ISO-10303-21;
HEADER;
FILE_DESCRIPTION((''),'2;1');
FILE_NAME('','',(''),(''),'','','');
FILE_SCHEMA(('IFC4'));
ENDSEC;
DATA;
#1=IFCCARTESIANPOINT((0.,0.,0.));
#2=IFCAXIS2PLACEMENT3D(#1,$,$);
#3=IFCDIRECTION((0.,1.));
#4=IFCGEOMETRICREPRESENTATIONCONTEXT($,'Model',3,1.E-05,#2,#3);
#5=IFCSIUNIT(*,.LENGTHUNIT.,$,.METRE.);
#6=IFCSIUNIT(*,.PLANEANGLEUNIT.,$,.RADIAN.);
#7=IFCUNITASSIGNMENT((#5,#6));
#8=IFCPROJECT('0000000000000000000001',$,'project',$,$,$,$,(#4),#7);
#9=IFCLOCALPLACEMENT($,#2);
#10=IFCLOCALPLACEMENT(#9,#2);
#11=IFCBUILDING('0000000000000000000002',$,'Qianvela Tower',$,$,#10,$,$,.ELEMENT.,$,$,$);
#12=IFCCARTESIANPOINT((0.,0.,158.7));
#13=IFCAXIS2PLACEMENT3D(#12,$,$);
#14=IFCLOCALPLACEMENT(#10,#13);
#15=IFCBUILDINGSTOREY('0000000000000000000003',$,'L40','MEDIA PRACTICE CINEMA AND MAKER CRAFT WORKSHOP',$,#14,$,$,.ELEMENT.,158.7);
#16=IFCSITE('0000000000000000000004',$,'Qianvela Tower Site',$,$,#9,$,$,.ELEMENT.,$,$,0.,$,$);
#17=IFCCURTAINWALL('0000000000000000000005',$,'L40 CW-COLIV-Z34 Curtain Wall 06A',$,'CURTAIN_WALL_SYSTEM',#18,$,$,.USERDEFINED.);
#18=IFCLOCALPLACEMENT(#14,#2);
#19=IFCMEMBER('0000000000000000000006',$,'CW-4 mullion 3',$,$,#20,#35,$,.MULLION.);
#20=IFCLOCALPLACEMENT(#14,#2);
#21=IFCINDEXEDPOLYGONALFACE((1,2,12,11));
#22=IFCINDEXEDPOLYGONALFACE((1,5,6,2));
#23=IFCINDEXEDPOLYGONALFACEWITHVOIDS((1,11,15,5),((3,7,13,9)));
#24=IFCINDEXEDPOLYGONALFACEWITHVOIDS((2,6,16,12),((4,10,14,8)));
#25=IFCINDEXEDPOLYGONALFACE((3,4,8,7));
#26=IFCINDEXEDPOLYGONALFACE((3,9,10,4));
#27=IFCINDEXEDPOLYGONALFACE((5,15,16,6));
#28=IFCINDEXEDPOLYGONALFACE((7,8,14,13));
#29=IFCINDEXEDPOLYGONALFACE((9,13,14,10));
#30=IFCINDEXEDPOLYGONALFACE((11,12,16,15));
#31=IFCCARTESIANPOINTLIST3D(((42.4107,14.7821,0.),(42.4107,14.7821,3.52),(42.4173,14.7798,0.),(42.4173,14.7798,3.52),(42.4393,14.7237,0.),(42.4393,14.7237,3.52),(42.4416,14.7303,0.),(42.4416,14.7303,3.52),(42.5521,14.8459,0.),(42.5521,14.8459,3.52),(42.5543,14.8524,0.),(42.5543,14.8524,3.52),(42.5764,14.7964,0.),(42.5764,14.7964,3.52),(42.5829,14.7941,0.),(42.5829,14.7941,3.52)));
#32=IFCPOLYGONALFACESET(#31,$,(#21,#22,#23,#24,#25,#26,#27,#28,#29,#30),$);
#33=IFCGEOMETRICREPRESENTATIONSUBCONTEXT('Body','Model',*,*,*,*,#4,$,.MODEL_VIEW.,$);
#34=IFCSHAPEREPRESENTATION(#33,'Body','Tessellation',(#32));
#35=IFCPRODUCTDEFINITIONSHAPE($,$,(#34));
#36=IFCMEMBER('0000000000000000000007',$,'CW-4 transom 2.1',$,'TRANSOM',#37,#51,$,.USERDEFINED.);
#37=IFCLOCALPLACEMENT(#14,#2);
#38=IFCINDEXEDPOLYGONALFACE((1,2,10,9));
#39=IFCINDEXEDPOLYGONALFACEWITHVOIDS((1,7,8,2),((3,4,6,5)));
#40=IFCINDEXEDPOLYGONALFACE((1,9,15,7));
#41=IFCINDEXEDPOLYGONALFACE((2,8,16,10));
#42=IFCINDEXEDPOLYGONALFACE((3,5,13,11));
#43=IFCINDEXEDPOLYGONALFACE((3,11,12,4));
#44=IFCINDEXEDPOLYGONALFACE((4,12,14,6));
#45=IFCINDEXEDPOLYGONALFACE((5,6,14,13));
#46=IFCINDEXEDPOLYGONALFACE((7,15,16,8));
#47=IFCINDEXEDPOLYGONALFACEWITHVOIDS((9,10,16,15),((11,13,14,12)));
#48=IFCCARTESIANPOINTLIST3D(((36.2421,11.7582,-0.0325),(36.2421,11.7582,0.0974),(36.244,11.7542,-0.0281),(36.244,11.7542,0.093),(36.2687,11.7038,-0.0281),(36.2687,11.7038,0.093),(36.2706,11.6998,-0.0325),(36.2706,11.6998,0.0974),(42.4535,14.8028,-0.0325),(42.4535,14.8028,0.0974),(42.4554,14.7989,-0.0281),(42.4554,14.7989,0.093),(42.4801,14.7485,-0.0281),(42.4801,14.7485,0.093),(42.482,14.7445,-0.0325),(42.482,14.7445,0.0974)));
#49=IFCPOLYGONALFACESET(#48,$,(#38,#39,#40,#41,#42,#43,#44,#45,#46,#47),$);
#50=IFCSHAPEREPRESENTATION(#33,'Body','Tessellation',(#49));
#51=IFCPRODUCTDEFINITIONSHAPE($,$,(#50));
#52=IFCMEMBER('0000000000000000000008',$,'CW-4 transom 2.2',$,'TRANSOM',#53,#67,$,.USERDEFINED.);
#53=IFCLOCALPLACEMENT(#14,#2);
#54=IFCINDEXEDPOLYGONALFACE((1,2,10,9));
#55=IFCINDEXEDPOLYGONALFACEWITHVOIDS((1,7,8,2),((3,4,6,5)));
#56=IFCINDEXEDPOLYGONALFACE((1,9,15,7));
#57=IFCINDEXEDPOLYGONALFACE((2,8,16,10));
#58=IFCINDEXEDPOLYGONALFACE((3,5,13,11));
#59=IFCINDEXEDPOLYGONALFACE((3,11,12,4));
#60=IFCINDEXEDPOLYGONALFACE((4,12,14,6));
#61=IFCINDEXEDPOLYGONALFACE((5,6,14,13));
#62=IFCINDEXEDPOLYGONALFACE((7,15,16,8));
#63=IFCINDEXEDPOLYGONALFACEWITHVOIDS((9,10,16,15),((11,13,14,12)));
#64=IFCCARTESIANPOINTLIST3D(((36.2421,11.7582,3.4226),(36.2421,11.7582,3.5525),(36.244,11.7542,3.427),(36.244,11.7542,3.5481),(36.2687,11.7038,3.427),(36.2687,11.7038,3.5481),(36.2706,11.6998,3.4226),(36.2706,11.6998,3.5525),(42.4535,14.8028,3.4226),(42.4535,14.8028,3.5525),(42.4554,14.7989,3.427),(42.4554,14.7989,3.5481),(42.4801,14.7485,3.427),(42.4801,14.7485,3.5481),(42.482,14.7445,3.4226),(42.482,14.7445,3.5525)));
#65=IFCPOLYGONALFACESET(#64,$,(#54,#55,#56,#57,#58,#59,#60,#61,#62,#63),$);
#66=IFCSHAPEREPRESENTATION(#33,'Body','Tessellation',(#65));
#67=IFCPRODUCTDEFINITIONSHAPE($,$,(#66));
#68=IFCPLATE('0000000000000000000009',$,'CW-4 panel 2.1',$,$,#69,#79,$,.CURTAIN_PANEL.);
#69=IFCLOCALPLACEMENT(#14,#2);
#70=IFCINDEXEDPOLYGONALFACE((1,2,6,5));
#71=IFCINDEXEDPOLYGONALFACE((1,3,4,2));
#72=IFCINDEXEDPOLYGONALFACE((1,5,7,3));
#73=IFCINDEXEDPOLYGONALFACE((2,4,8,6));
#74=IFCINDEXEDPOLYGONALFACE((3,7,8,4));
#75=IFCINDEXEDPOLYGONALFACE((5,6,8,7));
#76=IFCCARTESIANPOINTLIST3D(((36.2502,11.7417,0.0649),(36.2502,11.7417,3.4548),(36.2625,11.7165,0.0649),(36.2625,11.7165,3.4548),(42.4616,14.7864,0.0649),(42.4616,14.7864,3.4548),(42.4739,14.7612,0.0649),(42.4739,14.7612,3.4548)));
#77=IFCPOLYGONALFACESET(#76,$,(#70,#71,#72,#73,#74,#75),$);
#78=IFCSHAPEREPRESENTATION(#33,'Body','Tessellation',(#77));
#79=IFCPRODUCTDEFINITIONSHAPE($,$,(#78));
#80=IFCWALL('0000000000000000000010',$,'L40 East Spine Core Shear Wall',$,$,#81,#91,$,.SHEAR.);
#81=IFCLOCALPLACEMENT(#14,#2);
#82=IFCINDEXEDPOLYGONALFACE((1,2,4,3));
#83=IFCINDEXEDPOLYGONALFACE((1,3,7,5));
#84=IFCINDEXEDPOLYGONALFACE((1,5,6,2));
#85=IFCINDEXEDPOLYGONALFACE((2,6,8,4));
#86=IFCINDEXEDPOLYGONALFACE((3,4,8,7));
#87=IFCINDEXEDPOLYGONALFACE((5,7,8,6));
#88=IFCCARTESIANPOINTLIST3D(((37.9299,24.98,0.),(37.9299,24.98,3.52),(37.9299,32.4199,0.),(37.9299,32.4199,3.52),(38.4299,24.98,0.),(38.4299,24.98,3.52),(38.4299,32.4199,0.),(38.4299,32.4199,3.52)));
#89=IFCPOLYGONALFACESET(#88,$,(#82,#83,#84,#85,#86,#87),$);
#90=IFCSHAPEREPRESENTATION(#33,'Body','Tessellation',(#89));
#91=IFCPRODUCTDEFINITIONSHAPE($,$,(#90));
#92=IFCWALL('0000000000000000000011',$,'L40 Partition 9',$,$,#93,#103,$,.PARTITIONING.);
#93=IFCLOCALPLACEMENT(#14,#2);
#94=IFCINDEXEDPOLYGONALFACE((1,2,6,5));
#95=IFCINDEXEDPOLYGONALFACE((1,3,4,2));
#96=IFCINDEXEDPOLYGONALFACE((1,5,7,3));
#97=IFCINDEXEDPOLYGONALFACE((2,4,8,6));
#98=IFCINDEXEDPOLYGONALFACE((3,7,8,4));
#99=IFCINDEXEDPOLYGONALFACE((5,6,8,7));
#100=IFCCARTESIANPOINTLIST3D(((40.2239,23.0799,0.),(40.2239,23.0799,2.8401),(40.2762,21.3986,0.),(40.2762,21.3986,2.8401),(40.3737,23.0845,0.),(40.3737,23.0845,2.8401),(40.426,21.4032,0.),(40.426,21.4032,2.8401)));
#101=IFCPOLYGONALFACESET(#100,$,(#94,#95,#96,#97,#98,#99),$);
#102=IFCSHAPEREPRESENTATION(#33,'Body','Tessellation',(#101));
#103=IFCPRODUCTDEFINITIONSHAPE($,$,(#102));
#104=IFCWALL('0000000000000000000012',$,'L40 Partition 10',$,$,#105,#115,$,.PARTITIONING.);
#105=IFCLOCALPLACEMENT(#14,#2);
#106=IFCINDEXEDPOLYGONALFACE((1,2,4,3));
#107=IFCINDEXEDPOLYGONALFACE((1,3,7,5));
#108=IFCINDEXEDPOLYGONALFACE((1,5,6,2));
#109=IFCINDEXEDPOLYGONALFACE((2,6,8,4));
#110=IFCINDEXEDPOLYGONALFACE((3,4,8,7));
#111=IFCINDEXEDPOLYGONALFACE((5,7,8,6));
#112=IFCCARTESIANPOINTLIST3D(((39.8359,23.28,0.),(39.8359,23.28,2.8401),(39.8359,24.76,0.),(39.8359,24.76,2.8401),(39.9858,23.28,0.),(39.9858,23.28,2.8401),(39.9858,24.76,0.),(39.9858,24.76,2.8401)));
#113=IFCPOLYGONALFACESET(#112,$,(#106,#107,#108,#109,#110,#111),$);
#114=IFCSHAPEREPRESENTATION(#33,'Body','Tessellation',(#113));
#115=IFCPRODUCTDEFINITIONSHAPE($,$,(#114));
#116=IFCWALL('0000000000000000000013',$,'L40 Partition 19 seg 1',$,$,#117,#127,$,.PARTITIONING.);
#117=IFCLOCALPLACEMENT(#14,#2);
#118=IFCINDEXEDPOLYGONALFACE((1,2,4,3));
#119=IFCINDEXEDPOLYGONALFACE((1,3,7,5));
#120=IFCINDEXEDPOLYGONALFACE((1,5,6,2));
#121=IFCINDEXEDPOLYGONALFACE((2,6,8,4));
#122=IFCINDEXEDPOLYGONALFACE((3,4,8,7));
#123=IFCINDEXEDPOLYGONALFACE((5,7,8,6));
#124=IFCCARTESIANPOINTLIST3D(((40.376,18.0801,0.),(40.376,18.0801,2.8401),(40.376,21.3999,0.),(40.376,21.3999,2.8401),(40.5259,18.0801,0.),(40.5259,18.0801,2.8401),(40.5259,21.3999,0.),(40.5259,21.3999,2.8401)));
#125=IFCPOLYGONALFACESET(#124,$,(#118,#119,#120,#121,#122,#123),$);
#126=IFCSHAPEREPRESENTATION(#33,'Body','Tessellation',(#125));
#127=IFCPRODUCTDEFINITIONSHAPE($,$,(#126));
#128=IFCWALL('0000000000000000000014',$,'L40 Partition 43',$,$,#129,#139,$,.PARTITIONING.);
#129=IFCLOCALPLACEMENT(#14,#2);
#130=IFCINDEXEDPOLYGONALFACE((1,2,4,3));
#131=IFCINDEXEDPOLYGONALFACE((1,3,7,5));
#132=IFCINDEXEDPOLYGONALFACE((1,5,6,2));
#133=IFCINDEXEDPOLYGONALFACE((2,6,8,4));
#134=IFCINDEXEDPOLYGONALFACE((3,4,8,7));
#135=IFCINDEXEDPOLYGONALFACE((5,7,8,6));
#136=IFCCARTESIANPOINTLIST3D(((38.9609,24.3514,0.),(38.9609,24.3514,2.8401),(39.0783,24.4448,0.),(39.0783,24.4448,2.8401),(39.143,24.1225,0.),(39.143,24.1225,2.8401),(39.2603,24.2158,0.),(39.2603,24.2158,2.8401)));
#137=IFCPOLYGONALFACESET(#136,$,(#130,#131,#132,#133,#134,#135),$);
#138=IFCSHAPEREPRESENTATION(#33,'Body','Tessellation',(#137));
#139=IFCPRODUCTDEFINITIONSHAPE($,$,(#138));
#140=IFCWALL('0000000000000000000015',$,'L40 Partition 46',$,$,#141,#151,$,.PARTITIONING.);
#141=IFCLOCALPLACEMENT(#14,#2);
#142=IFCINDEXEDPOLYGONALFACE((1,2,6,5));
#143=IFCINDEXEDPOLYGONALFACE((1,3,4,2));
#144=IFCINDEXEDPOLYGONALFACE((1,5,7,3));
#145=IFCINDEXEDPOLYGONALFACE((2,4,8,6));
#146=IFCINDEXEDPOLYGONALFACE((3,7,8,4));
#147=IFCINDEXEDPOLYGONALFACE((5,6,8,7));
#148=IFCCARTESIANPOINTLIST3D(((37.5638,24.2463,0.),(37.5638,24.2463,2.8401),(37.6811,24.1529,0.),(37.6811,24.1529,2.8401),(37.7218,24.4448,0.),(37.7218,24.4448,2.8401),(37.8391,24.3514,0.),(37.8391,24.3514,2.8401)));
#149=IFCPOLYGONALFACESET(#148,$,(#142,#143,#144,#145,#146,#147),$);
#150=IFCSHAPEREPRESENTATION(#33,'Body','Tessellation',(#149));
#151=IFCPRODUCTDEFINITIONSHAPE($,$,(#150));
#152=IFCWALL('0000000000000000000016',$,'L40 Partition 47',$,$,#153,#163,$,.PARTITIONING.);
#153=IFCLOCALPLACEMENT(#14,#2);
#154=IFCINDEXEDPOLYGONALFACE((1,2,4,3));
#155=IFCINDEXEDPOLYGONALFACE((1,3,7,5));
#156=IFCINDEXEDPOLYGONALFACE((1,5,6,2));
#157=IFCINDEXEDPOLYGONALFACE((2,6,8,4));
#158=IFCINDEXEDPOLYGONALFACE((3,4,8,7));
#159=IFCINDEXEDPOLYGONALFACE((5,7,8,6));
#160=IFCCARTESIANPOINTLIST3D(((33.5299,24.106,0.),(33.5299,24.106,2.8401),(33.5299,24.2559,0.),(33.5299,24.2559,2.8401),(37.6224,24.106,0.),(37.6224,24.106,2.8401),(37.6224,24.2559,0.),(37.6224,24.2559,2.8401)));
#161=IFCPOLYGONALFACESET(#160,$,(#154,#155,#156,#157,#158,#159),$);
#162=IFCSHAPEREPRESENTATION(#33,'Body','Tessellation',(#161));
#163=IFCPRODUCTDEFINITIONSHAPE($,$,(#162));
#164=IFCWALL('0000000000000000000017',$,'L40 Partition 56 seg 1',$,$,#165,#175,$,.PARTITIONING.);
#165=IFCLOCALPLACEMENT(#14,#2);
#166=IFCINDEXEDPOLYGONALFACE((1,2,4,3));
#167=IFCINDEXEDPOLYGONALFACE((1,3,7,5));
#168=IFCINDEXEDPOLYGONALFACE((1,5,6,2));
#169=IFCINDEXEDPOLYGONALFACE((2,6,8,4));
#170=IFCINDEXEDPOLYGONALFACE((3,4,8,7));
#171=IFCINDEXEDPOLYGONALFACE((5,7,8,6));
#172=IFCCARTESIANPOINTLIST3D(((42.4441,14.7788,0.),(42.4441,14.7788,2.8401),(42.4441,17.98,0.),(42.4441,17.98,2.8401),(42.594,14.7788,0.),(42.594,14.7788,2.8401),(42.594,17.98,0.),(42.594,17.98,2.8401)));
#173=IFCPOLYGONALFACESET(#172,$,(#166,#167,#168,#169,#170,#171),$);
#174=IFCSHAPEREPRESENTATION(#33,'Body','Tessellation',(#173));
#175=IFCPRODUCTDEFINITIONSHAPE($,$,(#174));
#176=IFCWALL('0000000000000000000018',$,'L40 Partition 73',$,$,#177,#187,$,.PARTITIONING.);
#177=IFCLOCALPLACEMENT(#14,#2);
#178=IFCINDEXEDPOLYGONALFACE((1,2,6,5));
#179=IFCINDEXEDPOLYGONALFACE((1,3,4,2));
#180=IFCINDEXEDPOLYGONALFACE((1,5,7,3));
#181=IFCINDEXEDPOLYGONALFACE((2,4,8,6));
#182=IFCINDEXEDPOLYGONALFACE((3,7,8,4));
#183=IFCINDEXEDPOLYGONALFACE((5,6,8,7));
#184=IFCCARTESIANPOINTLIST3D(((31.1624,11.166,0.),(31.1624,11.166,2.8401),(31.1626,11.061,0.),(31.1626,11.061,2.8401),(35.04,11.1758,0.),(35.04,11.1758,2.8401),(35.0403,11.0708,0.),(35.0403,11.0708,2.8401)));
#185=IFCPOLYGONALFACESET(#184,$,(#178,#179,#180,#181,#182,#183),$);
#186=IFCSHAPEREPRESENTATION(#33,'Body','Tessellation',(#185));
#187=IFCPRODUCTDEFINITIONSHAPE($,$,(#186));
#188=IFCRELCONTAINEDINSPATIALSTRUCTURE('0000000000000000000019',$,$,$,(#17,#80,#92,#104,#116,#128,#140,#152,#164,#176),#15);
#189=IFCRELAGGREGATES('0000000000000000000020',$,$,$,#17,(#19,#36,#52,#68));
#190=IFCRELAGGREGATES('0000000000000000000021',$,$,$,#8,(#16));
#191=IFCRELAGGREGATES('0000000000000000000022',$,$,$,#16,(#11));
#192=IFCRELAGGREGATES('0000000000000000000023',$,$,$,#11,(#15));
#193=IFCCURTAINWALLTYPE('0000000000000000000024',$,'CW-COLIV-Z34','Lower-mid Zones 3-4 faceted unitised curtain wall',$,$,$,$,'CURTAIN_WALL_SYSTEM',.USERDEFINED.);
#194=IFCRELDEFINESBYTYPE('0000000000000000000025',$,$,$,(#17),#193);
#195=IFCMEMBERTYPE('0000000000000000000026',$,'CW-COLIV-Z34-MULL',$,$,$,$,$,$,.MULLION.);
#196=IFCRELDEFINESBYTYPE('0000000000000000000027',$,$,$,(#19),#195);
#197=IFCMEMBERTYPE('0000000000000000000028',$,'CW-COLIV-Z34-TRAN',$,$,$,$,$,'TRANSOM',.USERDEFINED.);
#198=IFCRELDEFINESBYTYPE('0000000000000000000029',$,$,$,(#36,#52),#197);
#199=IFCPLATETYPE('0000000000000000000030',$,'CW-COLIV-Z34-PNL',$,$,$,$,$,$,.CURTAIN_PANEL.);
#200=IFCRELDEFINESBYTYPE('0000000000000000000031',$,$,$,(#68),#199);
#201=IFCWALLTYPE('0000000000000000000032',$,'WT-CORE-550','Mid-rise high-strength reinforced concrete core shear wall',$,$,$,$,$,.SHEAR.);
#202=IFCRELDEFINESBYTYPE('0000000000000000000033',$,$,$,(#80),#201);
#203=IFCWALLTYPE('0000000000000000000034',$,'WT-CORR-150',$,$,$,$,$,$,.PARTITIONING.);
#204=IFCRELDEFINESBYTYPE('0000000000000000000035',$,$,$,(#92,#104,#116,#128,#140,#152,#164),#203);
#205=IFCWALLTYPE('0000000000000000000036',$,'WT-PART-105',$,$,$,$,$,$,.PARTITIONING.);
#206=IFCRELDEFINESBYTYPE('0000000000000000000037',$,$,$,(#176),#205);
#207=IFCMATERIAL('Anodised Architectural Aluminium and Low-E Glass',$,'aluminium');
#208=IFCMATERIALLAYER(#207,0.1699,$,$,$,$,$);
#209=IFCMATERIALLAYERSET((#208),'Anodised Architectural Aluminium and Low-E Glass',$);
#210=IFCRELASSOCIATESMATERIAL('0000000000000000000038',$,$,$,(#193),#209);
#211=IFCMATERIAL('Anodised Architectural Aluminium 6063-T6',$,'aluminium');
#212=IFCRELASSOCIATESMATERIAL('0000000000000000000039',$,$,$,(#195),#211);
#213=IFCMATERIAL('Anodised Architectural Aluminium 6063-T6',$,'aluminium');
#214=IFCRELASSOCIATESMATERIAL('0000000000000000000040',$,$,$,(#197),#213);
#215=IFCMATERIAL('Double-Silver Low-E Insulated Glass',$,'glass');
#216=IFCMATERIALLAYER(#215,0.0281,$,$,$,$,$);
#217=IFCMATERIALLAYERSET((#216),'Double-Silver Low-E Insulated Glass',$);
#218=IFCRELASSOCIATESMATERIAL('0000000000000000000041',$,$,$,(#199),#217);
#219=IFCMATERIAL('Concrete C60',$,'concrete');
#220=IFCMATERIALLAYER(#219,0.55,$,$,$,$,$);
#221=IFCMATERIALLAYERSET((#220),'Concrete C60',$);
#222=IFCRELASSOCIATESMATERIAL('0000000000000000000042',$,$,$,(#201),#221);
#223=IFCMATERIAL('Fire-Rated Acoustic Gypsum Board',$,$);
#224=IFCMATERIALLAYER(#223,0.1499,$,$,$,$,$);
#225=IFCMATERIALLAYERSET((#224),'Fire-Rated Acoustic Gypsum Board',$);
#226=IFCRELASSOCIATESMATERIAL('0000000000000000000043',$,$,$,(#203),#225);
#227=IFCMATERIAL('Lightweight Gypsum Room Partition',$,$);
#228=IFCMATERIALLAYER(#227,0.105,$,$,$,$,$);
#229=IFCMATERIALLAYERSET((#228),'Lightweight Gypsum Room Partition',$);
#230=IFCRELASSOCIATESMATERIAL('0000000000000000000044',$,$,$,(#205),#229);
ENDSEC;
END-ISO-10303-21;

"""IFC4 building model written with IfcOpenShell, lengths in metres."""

from ifc_helpers import new_model, si_unit, direction, frame, frame_2d, origin, origin_2d, place, context, subcontext, project, spatial, rectangle, hollow_rectangle, extrude, material, layer, layer_set, material_profile, profile_set, type_object, element, aggregate, save


model = new_model("IFC4")

# Units and contexts
model_context = context("Model", 3, precision=1e-05, world=origin(), true_north=direction((0.0, 1.0)))
body_context = subcontext(model_context, "Body", "Model", "MODEL_VIEW")
ifc_project = project(units=[si_unit("LENGTHUNIT", "METRE"), si_unit("PLANEANGLEUNIT", "RADIAN")], contexts=[model_context])

# Site, building, storey
site_placement = place(None, origin())
site = spatial("IfcSite", under=ifc_project, at=site_placement, Name="Qianvela Tower Site", CompositionType="ELEMENT", RefElevation=0.0)
building_placement = place(site_placement, origin())
building = spatial("IfcBuilding", under=site, at=building_placement, Name="Qianvela Tower", CompositionType="ELEMENT")
storey_placement = place(building_placement, frame((0.0, 0.0, 158.7)))
storey = spatial("IfcBuildingStorey", under=building, at=storey_placement, Name="L40", Description="MEDIA PRACTICE CINEMA AND MAKER CRAFT WORKSHOP", CompositionType="ELEMENT", Elevation=158.7)

# Curtain wall, members, plate
ifc_material_1 = material(Name="Anodised Architectural Aluminium and Low-E Glass", Category="aluminium")
ifc_layer_1 = layer(ifc_material_1, 0.1699)
ifc_layer_set_1 = layer_set([ifc_layer_1], Name="Anodised Architectural Aluminium and Low-E Glass")
curtain_wall_type = type_object("IfcCurtainWallType", Name="CW-COLIV-Z34", Description="Lower-mid Zones 3-4 faceted unitised curtain wall", ElementType="CURTAIN_WALL_SYSTEM", PredefinedType="USERDEFINED", material=ifc_layer_set_1)
curtain_wall_placement = place(storey_placement, origin())
curtain_wall = element("IfcCurtainWall", 1, at=curtain_wall_placement, inside=storey, type_object=curtain_wall_type, Name="L40 CW-COLIV-Z34 Curtain Wall 06A", ObjectType="CURTAIN_WALL_SYSTEM", PredefinedType="USERDEFINED")
ifc_material_2 = material(Name="Anodised Architectural Aluminium 6063-T6", Category="aluminium")
ifc_material_profile_1 = material_profile(ifc_material_2, hollow_rectangle(XDim=0.0649, YDim=0.1599, WallThickness=0.0049, at=origin_2d()), Name="ALU-MULL-65x160")
ifc_profile_set_1 = profile_set([ifc_material_profile_1], Name="Anodised Architectural Aluminium 6063-T6")
member_type_1 = type_object("IfcMemberType", Name="CW-COLIV-Z34-MULL", PredefinedType="MULLION", material=ifc_profile_set_1)
member_1_placement = place(storey_placement, frame((42.4968, 14.7881, 0.0), z_axis=(0.0, 0.0, 1.0), x_axis=(-0.440143, 0.897928, 0.0)))
member_1 = element("IfcMember", 2, at=member_1_placement, type_object=member_type_1, Name="CW-4 mullion 3", PredefinedType="MULLION", context=body_context, shape_type="SweptSolid", body=[
    extrude(hollow_rectangle(XDim=0.0649, YDim=0.1599, WallThickness=0.0049, at=origin_2d()), origin(), (0.0, 0.0, 1.0), 3.52),
])
ifc_material_3 = material(Name="Anodised Architectural Aluminium 6063-T6", Category="aluminium")
ifc_material_profile_2 = material_profile(ifc_material_3, hollow_rectangle(XDim=0.0649, YDim=0.1299, WallThickness=0.0044, at=origin_2d()), Name="ALU-TRAN-65x130")
ifc_profile_set_2 = profile_set([ifc_material_profile_2], Name="Anodised Architectural Aluminium 6063-T6")
member_type_2 = type_object("IfcMemberType", Name="CW-COLIV-Z34-TRAN", ElementType="TRANSOM", PredefinedType="USERDEFINED", material=ifc_profile_set_2)
member_2_placement = place(storey_placement, frame((36.2563, 11.729, 0.0325), z_axis=(0.897929, 0.440141, 0.0), x_axis=(-0.440141, 0.897929, 0.0)))
member_2 = element("IfcMember", 3, at=member_2_placement, type_object=member_type_2, Name="CW-4 transom 2.1", ObjectType="TRANSOM", PredefinedType="USERDEFINED", context=body_context, shape_type="SweptSolid", body=[
    extrude(hollow_rectangle(XDim=0.0649, YDim=0.1299, WallThickness=0.0044, at=origin_2d()), origin(), (0.0, 0.0, 1.0), 6.9175),
])
member_3_placement = place(storey_placement, frame((36.2563, 11.729, 3.4875), z_axis=(0.897929, 0.440141, 0.0), x_axis=(-0.440141, 0.897929, 0.0)))
member_3 = element("IfcMember", 4, at=member_3_placement, type_object=member_type_2, Name="CW-4 transom 2.2", ObjectType="TRANSOM", PredefinedType="USERDEFINED", context=body_context, shape_type="SweptSolid", body=[
    extrude(hollow_rectangle(XDim=0.0649, YDim=0.1299, WallThickness=0.0044, at=origin_2d()), origin(), (0.0, 0.0, 1.0), 6.9175),
])
ifc_material_4 = material(Name="Double-Silver Low-E Insulated Glass", Category="glass")
ifc_layer_2 = layer(ifc_material_4, 0.0281)
ifc_layer_set_2 = layer_set([ifc_layer_2], Name="Double-Silver Low-E Insulated Glass")
plate_type = type_object("IfcPlateType", Name="CW-COLIV-Z34-PNL", PredefinedType="CURTAIN_PANEL", material=ifc_layer_set_2)
plate_placement = place(storey_placement, frame((39.3621, 13.2515, 0.0649), z_axis=(0.0, 0.0, 1.0), x_axis=(0.897928, 0.440143, 0.0)))
plate = element("IfcPlate", 5, at=plate_placement, type_object=plate_type, Name="CW-4 panel 2.1", PredefinedType="CURTAIN_PANEL", context=body_context, shape_type="SweptSolid", body=[
    extrude(rectangle(XDim=6.9175, YDim=0.0281, at=origin_2d()), origin(), (0.0, 0.0, 1.0), 3.3899),
])
aggregate(curtain_wall, [member_1, member_2, member_3, plate])

# Walls
ifc_material_5 = material(Name="Concrete C60", Category="concrete")
ifc_layer_3 = layer(ifc_material_5, 0.55)
ifc_layer_set_3 = layer_set([ifc_layer_3], Name="Concrete C60")
wall_type_1 = type_object("IfcWallType", Name="WT-CORE-550", Description="Mid-rise high-strength reinforced concrete core shear wall", PredefinedType="SHEAR", material=ifc_layer_set_3)
wall_1_placement = place(storey_placement, frame((38.1799, 24.98, 0.0), z_axis=(0.0, 0.0, 1.0), x_axis=(0.0, 1.0, 0.0)))
element("IfcWall", 6, at=wall_1_placement, inside=storey, type_object=wall_type_1, Name="L40 East Spine Core Shear Wall", PredefinedType="SHEAR", context=body_context, shape_type="SweptSolid", body=[
    extrude(rectangle(XDim=7.4399, YDim=0.5, at=frame_2d((3.72, 0.0))), origin(), (0.0, 0.0, 1.0), 3.52),
])
ifc_material_6 = material(Name="Fire-Rated Acoustic Gypsum Board")
ifc_layer_4 = layer(ifc_material_6, 0.1499)
ifc_layer_set_4 = layer_set([ifc_layer_4], Name="Fire-Rated Acoustic Gypsum Board")
wall_type_2 = type_object("IfcWallType", Name="WT-CORR-150", PredefinedType="PARTITIONING", material=ifc_layer_set_4)
wall_2_placement = place(storey_placement, frame((40.3511, 21.4009, 0.0), z_axis=(0.0, 0.0, 1.0), x_axis=(-0.031058, 0.999518, 0.0)))
element("IfcWall", 7, at=wall_2_placement, inside=storey, type_object=wall_type_2, Name="L40 Partition 9", PredefinedType="PARTITIONING", context=body_context, shape_type="SweptSolid", body=[
    extrude(rectangle(XDim=1.6821, YDim=0.1499, at=frame_2d((0.8411, 0.0))), origin(), (0.0, 0.0, 1.0), 2.8401),
])
wall_3_placement = place(storey_placement, frame((39.9109, 23.28, 0.0), z_axis=(0.0, 0.0, 1.0), x_axis=(0.0, 1.0, 0.0)))
element("IfcWall", 8, at=wall_3_placement, inside=storey, type_object=wall_type_2, Name="L40 Partition 10", PredefinedType="PARTITIONING", context=body_context, shape_type="SweptSolid", body=[
    extrude(rectangle(XDim=1.48, YDim=0.1499, at=frame_2d((0.74, 0.0))), origin(), (0.0, 0.0, 1.0), 2.8401),
])
wall_4_placement = place(storey_placement, frame((40.4509, 18.0801, 0.0), z_axis=(0.0, 0.0, 1.0), x_axis=(0.0, 1.0, 0.0)))
element("IfcWall", 9, at=wall_4_placement, inside=storey, type_object=wall_type_2, Name="L40 Partition 19 seg 1", PredefinedType="PARTITIONING", context=body_context, shape_type="SweptSolid", body=[
    extrude(rectangle(XDim=3.3198, YDim=0.1499, at=frame_2d((1.6599, 0.0))), origin(), (0.0, 0.0, 1.0), 2.8401),
])
wall_5_placement = place(storey_placement, frame((39.2017, 24.1692, 0.0), z_axis=(0.0, 0.0, 1.0), x_axis=(-0.622454, 0.782656, 0.0)))
element("IfcWall", 10, at=wall_5_placement, inside=storey, type_object=wall_type_2, Name="L40 Partition 43", PredefinedType="PARTITIONING", context=body_context, shape_type="SweptSolid", body=[
    extrude(rectangle(XDim=0.2925, YDim=0.1499, at=frame_2d((0.1462, 0.0))), origin(), (0.0, 0.0, 1.0), 2.8401),
])
wall_6_placement = place(storey_placement, frame((37.7805, 24.3982, 0.0), z_axis=(0.0, 0.0, 1.0), x_axis=(-0.622698, -0.782462, 0.0)))
element("IfcWall", 11, at=wall_6_placement, inside=storey, type_object=wall_type_2, Name="L40 Partition 46", PredefinedType="PARTITIONING", context=body_context, shape_type="SweptSolid", body=[
    extrude(rectangle(XDim=0.2537, YDim=0.1499, at=frame_2d((0.127, 0.0))), origin(), (0.0, 0.0, 1.0), 2.8401),
])
wall_7_placement = place(storey_placement, frame((37.6226, 24.1809, 0.0), z_axis=(0.0, 0.0, 1.0), x_axis=(-1.0, 0.0, 0.0)))
element("IfcWall", 12, at=wall_7_placement, inside=storey, type_object=wall_type_2, Name="L40 Partition 47", PredefinedType="PARTITIONING", context=body_context, shape_type="SweptSolid", body=[
    extrude(rectangle(XDim=4.0925, YDim=0.1499, at=frame_2d((2.0464, 0.0))), origin(), (0.0, 0.0, 1.0), 2.8401),
])
wall_8_placement = place(storey_placement, frame((42.519, 17.98, 0.0), z_axis=(0.0, 0.0, 1.0), x_axis=(0.0, -1.0, 0.0)))
element("IfcWall", 13, at=wall_8_placement, inside=storey, type_object=wall_type_2, Name="L40 Partition 56 seg 1", PredefinedType="PARTITIONING", context=body_context, shape_type="SweptSolid", body=[
    extrude(rectangle(XDim=3.2012, YDim=0.1499, at=frame_2d((1.6006, 0.0))), origin(), (0.0, 0.0, 1.0), 2.8401),
])
ifc_material_7 = material(Name="Lightweight Gypsum Room Partition")
ifc_layer_5 = layer(ifc_material_7, 0.105)
ifc_layer_set_5 = layer_set([ifc_layer_5], Name="Lightweight Gypsum Room Partition")
wall_type_3 = type_object("IfcWallType", Name="WT-PART-105", PredefinedType="PARTITIONING", material=ifc_layer_set_5)
wall_9_placement = place(storey_placement, frame((35.0403, 11.1233, 0.0), z_axis=(0.0, 0.0, 1.0), x_axis=(-0.999997, -0.002518, 0.0)))
element("IfcWall", 14, at=wall_9_placement, inside=storey, type_object=wall_type_3, Name="L40 Partition 73", PredefinedType="PARTITIONING", context=body_context, shape_type="SweptSolid", body=[
    extrude(rectangle(XDim=3.8777, YDim=0.105, at=frame_2d((1.939, 0.0))), origin(), (0.0, 0.0, 1.0), 2.8401),
])

save(model, "model.ifc")
